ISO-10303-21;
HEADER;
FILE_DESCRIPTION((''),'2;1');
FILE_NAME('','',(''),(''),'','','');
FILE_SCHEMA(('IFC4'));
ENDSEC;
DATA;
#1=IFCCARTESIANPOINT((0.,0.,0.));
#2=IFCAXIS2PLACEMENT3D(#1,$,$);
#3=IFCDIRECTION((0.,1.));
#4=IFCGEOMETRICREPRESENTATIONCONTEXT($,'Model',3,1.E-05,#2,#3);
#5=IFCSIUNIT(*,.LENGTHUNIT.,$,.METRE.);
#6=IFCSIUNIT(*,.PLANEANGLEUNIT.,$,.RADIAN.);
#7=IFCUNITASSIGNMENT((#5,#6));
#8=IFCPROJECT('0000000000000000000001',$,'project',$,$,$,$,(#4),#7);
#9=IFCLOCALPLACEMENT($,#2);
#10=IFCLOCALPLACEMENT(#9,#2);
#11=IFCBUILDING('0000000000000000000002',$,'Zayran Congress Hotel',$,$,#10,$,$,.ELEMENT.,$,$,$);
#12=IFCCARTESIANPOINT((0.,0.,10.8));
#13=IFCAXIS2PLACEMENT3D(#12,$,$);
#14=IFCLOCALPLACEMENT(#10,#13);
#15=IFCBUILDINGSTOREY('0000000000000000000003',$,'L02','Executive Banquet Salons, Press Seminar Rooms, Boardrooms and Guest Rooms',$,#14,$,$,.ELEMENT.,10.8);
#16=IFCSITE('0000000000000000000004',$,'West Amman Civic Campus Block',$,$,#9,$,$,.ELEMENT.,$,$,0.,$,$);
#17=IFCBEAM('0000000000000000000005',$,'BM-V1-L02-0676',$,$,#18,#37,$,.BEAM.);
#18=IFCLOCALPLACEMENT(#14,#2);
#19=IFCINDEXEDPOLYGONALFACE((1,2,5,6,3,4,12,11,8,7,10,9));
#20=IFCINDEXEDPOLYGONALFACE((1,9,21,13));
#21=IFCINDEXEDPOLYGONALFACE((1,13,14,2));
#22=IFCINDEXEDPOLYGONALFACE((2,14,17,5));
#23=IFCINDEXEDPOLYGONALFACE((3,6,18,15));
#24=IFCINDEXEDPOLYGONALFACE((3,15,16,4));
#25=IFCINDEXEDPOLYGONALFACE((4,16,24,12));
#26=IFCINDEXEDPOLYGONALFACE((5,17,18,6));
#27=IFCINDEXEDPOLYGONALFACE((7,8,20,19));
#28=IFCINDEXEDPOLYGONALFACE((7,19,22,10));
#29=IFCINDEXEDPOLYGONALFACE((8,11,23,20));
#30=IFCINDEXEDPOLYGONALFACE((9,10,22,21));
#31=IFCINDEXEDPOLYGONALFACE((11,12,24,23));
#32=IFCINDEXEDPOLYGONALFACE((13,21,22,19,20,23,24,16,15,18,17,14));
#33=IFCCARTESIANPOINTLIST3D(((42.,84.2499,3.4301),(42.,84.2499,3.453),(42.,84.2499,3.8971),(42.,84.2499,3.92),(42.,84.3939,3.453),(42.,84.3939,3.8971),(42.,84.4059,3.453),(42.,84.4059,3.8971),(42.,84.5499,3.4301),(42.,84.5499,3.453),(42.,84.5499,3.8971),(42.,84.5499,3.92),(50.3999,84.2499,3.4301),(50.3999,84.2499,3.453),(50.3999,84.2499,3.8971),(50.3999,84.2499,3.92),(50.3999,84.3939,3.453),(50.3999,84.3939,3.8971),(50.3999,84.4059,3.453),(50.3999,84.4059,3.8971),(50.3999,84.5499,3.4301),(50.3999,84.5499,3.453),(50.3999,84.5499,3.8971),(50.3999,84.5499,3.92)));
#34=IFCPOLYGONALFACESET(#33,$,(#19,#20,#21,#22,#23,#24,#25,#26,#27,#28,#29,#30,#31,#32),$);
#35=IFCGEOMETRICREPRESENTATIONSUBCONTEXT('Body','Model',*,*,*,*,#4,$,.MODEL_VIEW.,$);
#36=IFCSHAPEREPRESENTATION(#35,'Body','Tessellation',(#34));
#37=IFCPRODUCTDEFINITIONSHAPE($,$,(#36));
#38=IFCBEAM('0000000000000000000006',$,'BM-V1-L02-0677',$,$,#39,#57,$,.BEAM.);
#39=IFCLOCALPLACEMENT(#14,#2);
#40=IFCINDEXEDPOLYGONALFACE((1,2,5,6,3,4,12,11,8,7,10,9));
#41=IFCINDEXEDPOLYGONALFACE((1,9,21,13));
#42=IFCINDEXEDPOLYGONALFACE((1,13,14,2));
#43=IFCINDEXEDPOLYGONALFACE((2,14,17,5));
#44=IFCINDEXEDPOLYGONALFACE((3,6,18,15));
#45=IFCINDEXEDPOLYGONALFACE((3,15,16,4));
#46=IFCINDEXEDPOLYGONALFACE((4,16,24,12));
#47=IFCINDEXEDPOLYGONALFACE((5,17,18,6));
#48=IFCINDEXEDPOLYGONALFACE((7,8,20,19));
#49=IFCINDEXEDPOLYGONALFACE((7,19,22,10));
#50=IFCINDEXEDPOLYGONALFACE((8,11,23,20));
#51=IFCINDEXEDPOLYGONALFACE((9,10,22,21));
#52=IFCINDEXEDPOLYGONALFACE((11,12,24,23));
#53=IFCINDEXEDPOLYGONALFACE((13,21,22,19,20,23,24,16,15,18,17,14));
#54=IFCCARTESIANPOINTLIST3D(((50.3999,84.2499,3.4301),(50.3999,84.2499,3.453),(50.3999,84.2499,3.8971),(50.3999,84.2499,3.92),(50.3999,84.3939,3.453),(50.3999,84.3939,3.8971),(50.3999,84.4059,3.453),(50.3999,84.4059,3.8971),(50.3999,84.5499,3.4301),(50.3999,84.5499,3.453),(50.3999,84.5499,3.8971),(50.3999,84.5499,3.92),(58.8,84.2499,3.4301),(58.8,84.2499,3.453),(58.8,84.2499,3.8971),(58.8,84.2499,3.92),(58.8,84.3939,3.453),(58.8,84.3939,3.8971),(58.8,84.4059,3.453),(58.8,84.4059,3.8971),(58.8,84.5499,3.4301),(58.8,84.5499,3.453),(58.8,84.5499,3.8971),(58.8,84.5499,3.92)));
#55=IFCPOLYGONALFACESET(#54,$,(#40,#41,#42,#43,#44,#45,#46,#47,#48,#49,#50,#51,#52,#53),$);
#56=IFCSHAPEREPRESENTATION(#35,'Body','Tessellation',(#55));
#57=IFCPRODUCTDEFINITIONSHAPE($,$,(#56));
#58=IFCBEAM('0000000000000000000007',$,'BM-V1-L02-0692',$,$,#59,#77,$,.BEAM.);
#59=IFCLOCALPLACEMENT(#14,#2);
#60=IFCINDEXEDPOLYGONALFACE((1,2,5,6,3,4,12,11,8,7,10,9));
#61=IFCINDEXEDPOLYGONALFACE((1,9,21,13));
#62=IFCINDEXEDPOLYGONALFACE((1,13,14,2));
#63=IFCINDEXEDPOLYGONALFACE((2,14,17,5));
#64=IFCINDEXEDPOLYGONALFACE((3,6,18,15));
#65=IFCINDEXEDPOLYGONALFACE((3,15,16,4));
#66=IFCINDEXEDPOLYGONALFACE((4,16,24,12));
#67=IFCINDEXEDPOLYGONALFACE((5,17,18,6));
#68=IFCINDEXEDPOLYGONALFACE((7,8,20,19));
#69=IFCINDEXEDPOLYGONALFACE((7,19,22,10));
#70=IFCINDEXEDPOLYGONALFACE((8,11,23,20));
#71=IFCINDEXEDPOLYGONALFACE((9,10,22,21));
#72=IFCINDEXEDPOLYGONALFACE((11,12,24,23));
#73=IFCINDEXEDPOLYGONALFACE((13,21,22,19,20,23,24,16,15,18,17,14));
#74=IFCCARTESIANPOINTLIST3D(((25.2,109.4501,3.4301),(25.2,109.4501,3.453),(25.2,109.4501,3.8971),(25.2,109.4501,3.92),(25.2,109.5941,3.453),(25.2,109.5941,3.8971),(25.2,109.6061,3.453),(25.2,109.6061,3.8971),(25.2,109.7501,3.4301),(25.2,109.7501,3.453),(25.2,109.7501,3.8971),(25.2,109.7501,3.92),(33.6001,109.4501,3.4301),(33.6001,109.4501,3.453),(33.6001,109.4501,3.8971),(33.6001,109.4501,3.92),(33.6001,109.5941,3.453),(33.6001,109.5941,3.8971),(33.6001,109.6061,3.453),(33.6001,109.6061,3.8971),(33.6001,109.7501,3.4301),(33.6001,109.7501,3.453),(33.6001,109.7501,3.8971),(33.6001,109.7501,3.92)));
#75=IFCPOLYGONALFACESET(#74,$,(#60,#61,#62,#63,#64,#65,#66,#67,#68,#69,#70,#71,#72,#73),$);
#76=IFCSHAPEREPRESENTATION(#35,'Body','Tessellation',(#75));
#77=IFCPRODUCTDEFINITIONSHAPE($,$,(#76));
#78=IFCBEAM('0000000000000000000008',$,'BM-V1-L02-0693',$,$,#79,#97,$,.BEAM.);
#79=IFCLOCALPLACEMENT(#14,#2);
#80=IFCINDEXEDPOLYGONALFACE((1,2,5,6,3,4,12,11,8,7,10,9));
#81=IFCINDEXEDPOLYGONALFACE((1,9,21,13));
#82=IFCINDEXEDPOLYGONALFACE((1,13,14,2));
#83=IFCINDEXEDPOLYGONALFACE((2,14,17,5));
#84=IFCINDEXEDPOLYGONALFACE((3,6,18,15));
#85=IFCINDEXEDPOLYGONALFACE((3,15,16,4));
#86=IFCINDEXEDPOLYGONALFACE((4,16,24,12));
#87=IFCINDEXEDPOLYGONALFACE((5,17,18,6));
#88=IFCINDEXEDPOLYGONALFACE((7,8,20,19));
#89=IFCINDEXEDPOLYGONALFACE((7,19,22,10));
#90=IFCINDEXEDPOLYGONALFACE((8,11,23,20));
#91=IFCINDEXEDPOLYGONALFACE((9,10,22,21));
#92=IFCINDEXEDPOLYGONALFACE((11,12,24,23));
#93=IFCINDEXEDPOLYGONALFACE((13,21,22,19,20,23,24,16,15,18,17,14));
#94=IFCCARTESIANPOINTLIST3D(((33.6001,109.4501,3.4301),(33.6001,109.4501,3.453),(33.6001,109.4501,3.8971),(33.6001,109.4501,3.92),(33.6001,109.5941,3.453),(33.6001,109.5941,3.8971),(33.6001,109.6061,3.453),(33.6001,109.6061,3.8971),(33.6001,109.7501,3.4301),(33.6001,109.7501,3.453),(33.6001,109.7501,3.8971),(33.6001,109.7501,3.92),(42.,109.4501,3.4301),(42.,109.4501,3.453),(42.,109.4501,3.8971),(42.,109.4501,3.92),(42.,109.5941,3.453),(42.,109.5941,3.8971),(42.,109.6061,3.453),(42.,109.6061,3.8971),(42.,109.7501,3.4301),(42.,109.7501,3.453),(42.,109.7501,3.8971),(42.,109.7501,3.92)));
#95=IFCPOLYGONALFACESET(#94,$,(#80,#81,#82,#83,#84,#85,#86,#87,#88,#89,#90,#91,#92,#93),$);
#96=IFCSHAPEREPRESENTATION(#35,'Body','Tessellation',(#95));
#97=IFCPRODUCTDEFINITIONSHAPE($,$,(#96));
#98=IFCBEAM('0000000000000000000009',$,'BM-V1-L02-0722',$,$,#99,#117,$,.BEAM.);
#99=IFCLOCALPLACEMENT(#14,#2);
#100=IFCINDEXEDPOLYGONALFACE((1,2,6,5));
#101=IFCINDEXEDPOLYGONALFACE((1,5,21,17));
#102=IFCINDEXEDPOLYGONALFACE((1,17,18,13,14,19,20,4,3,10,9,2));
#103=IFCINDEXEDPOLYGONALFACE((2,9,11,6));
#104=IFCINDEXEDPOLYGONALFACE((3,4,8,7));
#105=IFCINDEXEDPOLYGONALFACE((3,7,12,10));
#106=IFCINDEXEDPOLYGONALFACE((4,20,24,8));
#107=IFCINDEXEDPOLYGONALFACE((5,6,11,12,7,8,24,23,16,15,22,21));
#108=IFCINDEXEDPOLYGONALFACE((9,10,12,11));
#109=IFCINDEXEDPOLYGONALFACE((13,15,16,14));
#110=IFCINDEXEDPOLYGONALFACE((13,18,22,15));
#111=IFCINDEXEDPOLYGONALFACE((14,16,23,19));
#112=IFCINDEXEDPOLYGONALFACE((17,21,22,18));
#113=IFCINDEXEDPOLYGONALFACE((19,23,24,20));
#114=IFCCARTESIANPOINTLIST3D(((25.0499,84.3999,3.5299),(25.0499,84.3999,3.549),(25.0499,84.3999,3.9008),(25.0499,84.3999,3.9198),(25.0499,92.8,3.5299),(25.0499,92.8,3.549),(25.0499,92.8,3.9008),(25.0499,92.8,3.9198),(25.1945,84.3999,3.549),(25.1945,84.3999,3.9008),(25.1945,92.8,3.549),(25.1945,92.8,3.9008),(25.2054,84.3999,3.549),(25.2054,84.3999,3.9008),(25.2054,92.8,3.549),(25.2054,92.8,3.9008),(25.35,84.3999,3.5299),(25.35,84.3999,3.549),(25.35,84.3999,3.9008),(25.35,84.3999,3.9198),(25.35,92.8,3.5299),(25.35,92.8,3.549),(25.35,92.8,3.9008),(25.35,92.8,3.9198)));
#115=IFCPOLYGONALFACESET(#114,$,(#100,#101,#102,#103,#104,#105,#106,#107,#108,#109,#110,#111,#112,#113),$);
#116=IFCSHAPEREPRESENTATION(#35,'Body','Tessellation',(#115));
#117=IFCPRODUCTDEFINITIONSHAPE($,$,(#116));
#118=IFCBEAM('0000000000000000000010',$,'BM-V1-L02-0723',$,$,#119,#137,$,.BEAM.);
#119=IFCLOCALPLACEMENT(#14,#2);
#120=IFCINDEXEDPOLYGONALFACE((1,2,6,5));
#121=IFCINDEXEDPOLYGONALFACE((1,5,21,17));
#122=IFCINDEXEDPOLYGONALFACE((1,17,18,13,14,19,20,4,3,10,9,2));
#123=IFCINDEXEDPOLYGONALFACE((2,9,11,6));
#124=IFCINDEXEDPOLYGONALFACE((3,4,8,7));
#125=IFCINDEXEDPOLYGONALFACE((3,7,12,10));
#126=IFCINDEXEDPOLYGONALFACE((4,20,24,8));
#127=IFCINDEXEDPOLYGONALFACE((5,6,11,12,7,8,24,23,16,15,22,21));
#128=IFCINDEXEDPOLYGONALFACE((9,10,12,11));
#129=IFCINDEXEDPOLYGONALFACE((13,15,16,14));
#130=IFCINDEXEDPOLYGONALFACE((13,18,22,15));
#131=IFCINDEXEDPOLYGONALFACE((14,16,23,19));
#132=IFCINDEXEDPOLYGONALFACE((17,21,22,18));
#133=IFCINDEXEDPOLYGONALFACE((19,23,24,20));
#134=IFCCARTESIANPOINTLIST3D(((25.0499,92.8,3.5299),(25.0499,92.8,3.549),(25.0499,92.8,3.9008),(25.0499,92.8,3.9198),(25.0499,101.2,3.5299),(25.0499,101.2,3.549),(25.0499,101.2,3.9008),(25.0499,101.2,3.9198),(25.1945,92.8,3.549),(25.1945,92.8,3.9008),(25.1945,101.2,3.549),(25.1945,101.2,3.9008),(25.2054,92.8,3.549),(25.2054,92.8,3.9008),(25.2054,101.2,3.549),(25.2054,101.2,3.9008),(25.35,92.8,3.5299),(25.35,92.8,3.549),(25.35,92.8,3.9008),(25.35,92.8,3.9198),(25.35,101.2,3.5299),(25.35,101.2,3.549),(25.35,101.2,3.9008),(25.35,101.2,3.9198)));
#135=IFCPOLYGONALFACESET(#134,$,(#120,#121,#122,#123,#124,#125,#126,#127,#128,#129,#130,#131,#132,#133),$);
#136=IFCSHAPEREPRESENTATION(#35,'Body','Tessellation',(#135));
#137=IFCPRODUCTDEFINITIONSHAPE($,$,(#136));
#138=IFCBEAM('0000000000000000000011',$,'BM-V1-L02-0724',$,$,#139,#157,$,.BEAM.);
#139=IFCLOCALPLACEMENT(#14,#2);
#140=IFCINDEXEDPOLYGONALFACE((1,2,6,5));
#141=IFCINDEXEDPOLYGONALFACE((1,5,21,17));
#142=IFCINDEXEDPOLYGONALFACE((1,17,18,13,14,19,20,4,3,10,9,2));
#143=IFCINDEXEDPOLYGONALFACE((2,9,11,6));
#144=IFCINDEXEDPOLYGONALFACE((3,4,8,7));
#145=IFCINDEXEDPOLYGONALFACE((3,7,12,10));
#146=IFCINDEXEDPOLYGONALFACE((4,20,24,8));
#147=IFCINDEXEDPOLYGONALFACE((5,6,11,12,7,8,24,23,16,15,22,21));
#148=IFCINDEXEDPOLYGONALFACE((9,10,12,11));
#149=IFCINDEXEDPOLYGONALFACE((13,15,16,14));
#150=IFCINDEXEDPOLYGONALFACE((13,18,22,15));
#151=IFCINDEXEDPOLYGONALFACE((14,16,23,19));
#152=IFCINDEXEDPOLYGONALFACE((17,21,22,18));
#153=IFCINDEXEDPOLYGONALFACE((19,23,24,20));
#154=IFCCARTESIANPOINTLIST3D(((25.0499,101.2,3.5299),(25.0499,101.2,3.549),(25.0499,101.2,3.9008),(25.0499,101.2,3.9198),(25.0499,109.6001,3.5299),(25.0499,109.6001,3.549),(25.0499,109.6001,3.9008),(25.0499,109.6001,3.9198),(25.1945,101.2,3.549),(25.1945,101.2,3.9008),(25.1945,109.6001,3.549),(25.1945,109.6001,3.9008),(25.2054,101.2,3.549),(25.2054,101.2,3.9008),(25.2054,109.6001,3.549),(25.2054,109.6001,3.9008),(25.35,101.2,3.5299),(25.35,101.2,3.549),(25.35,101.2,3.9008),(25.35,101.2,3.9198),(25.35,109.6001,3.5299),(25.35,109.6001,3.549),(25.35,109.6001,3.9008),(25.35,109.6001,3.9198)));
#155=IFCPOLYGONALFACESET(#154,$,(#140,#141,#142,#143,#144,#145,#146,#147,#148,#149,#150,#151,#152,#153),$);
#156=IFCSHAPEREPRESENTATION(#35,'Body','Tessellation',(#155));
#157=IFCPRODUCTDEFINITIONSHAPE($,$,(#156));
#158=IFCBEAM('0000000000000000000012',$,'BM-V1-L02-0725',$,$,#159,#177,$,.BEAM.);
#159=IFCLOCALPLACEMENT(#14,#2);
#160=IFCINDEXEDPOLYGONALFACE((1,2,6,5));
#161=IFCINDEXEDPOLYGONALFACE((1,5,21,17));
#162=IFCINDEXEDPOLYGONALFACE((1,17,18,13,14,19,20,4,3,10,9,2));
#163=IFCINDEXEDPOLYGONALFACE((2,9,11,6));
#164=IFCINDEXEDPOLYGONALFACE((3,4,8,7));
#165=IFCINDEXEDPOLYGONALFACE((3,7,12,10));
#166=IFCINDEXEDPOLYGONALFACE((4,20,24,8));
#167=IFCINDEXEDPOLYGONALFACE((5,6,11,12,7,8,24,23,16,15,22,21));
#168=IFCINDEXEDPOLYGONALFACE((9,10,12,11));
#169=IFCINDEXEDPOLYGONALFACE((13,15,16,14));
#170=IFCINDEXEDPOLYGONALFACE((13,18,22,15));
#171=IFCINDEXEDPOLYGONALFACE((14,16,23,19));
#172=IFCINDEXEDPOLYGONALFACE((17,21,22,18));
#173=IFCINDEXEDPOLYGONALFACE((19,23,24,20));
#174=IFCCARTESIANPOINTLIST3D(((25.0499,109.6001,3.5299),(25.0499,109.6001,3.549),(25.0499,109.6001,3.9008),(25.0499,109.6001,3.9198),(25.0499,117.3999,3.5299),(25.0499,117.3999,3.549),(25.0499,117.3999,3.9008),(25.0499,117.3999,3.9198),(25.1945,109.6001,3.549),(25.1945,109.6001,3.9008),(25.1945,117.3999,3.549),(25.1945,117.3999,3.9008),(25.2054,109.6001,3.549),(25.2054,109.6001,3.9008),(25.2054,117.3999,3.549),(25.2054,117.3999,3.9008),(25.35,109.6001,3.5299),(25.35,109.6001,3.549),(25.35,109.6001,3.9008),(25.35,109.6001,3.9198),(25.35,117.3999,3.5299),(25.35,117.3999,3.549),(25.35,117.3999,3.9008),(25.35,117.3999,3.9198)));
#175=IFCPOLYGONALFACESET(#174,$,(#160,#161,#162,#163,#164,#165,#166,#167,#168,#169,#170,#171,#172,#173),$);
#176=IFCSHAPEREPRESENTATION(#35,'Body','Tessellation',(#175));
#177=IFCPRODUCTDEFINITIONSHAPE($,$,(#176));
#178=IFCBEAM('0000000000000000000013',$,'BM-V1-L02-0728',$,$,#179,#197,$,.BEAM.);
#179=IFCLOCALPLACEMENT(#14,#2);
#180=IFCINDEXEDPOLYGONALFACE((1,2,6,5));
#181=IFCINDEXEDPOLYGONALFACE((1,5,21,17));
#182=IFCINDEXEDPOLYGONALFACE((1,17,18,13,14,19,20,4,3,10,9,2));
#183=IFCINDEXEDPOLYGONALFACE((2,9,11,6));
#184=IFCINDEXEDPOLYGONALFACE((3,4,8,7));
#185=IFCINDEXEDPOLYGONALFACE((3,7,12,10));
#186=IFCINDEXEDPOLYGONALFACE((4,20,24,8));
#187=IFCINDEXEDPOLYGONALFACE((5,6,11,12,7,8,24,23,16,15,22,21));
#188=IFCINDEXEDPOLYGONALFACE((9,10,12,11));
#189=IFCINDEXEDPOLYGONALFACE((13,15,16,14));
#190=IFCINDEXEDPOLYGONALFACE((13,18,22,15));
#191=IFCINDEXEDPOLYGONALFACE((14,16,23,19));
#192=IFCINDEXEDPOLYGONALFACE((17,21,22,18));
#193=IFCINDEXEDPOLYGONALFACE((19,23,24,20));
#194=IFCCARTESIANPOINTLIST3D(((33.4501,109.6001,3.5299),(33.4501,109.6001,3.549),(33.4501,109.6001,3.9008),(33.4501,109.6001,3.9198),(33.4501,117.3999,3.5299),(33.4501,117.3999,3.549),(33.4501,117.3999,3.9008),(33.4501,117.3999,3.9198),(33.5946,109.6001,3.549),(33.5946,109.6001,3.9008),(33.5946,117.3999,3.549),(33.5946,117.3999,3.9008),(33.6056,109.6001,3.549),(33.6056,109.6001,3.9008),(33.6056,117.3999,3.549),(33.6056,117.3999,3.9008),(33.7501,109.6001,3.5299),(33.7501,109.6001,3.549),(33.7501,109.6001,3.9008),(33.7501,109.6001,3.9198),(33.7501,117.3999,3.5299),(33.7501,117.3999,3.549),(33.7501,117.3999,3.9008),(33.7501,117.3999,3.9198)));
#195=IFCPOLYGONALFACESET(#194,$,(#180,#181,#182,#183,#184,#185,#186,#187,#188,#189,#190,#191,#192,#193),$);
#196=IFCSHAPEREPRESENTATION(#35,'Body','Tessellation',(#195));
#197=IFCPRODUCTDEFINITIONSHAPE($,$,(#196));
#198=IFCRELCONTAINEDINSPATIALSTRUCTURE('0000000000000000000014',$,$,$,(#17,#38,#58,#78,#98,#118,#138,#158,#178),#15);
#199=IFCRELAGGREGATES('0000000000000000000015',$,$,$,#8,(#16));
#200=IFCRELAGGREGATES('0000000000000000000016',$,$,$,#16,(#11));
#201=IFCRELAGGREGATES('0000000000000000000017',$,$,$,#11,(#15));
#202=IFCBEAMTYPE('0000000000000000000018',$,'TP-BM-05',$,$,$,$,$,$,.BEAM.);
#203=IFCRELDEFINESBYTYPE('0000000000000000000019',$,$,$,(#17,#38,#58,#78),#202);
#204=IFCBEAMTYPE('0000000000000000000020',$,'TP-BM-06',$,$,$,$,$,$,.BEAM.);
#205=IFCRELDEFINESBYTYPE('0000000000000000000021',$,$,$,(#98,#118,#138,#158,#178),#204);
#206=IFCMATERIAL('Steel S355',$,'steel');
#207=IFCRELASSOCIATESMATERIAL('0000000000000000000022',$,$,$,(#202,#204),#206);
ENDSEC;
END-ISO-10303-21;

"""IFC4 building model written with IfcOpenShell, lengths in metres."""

from ifc_helpers import new_model, si_unit, direction, frame, origin, origin_2d, place, context, subcontext, project, spatial, i_section, extrude, material, material_profile, profile_set, type_object, element, save


model = new_model("IFC4")

# Units and contexts
model_context = context("Model", 3, precision=1e-05, world=origin(), true_north=direction((0.0, 1.0)))
body_context = subcontext(model_context, "Body", "Model", "MODEL_VIEW")
ifc_project = project(units=[si_unit("LENGTHUNIT", "METRE"), si_unit("PLANEANGLEUNIT", "RADIAN")], contexts=[model_context])

# Site, building, storey
site_placement = place(None, origin())
site = spatial("IfcSite", under=ifc_project, at=site_placement, Name="West Amman Civic Campus Block", CompositionType="ELEMENT", RefElevation=0.0)
building_placement = place(site_placement, origin())
building = spatial("IfcBuilding", under=site, at=building_placement, Name="Zayran Congress Hotel", CompositionType="ELEMENT")
storey_placement = place(building_placement, frame((0.0, 0.0, 10.8)))
storey = spatial("IfcBuildingStorey", under=building, at=storey_placement, Name="L02", Description="Executive Banquet Salons, Press Seminar Rooms, Boardrooms and Guest Rooms", CompositionType="ELEMENT", Elevation=10.8)

# Shared definitions
ifc_material_1 = material(Name="Steel S355", Category="steel")

# Beams
ifc_material_profile_1 = material_profile(ifc_material_1, i_section(OverallWidth=0.3, OverallDepth=0.49, WebThickness=0.012, FlangeThickness=0.0229, at=origin_2d()), Name="HEA 500")
ifc_profile_set_1 = profile_set([ifc_material_profile_1], Name="Steel S355")
beam_type_1 = type_object("IfcBeamType", Name="TP-BM-05", PredefinedType="BEAM", material=ifc_profile_set_1)
for number, where, z_axis, x_axis, name in (
    (1, (42.0, 84.3999, 3.675), (1.0, 0.0, 0.0), (0.0, 1.0, 0.0), "BM-V1-L02-0676"),
):
    element("IfcBeam", number, at=place(storey_placement, frame(where, z_axis=z_axis, x_axis=x_axis)), inside=storey, type_object=beam_type_1, Name=name, PredefinedType="BEAM", context=body_context, shape_type="SweptSolid", body=[
        extrude(i_section(OverallWidth=0.3, OverallDepth=0.49, WebThickness=0.012, FlangeThickness=0.0229, at=origin_2d()), origin(), (0.0, 0.0, 1.0), 8.3999),
    ])
for number, where, z_axis, x_axis, name in (
    (2, (50.3999, 84.3999, 3.675), (1.0, 0.0, 0.0), (0.0, 1.0, 0.0), "BM-V1-L02-0677"),
    (3, (25.2, 109.6001, 3.675), (1.0, 0.0, 0.0), (0.0, 1.0, 0.0), "BM-V1-L02-0692"),
):
    element("IfcBeam", number, at=place(storey_placement, frame(where, z_axis=z_axis, x_axis=x_axis)), inside=storey, type_object=beam_type_1, Name=name, PredefinedType="BEAM", context=body_context, shape_type="SweptSolid", body=[
        extrude(i_section(OverallWidth=0.3, OverallDepth=0.49, WebThickness=0.012, FlangeThickness=0.0229, at=origin_2d()), origin(), (0.0, 0.0, 1.0), 8.4001),
    ])
beam_1_placement = place(storey_placement, frame((33.6001, 109.6001, 3.675), z_axis=(1.0, 0.0, 0.0), x_axis=(0.0, 1.0, 0.0)))
element("IfcBeam", 4, at=beam_1_placement, inside=storey, type_object=beam_type_1, Name="BM-V1-L02-0693", PredefinedType="BEAM", context=body_context, shape_type="SweptSolid", body=[
    extrude(i_section(OverallWidth=0.3, OverallDepth=0.49, WebThickness=0.012, FlangeThickness=0.0229, at=origin_2d()), origin(), (0.0, 0.0, 1.0), 8.3999),
])
ifc_material_profile_2 = material_profile(ifc_material_1, i_section(OverallWidth=0.3, OverallDepth=0.3899, WebThickness=0.011, FlangeThickness=0.019, at=origin_2d()), Name="HEA 400")
ifc_profile_set_2 = profile_set([ifc_material_profile_2], Name="Steel S355")
beam_type_2 = type_object("IfcBeamType", Name="TP-BM-06", PredefinedType="BEAM", material=ifc_profile_set_2)
beam_2_placement = place(storey_placement, frame((25.2, 84.3999, 3.7249), z_axis=(0.0, 1.0, 0.0), x_axis=(-1.0, 0.0, 0.0)))
element("IfcBeam", 5, at=beam_2_placement, inside=storey, type_object=beam_type_2, Name="BM-V1-L02-0722", PredefinedType="BEAM", context=body_context, shape_type="SweptSolid", body=[
    extrude(i_section(OverallWidth=0.3, OverallDepth=0.3899, WebThickness=0.011, FlangeThickness=0.019, at=origin_2d()), origin(), (0.0, 0.0, 1.0), 8.4001),
])
beam_3_placement = place(storey_placement, frame((25.2, 92.8, 3.7249), z_axis=(0.0, 1.0, 0.0), x_axis=(-1.0, 0.0, 0.0)))
element("IfcBeam", 6, at=beam_3_placement, inside=storey, type_object=beam_type_2, Name="BM-V1-L02-0723", PredefinedType="BEAM", context=body_context, shape_type="SweptSolid", body=[
    extrude(i_section(OverallWidth=0.3, OverallDepth=0.3899, WebThickness=0.011, FlangeThickness=0.019, at=origin_2d()), origin(), (0.0, 0.0, 1.0), 8.3999),
])
beam_4_placement = place(storey_placement, frame((25.2, 101.2, 3.7249), z_axis=(0.0, 1.0, 0.0), x_axis=(-1.0, 0.0, 0.0)))
element("IfcBeam", 7, at=beam_4_placement, inside=storey, type_object=beam_type_2, Name="BM-V1-L02-0724", PredefinedType="BEAM", context=body_context, shape_type="SweptSolid", body=[
    extrude(i_section(OverallWidth=0.3, OverallDepth=0.3899, WebThickness=0.011, FlangeThickness=0.019, at=origin_2d()), origin(), (0.0, 0.0, 1.0), 8.4001),
])
for number, where, z_axis, x_axis, name in (
    (8, (25.2, 109.6001, 3.7249), (0.0, 1.0, 0.0), (-1.0, 0.0, 0.0), "BM-V1-L02-0725"),
    (9, (33.6001, 109.6001, 3.7249), (0.0, 1.0, 0.0), (-1.0, 0.0, 0.0), "BM-V1-L02-0728"),
):
    element("IfcBeam", number, at=place(storey_placement, frame(where, z_axis=z_axis, x_axis=x_axis)), inside=storey, type_object=beam_type_2, Name=name, PredefinedType="BEAM", context=body_context, shape_type="SweptSolid", body=[
        extrude(i_section(OverallWidth=0.3, OverallDepth=0.3899, WebThickness=0.011, FlangeThickness=0.019, at=origin_2d()), origin(), (0.0, 0.0, 1.0), 7.7998),
    ])

save(model, "model.ifc")
